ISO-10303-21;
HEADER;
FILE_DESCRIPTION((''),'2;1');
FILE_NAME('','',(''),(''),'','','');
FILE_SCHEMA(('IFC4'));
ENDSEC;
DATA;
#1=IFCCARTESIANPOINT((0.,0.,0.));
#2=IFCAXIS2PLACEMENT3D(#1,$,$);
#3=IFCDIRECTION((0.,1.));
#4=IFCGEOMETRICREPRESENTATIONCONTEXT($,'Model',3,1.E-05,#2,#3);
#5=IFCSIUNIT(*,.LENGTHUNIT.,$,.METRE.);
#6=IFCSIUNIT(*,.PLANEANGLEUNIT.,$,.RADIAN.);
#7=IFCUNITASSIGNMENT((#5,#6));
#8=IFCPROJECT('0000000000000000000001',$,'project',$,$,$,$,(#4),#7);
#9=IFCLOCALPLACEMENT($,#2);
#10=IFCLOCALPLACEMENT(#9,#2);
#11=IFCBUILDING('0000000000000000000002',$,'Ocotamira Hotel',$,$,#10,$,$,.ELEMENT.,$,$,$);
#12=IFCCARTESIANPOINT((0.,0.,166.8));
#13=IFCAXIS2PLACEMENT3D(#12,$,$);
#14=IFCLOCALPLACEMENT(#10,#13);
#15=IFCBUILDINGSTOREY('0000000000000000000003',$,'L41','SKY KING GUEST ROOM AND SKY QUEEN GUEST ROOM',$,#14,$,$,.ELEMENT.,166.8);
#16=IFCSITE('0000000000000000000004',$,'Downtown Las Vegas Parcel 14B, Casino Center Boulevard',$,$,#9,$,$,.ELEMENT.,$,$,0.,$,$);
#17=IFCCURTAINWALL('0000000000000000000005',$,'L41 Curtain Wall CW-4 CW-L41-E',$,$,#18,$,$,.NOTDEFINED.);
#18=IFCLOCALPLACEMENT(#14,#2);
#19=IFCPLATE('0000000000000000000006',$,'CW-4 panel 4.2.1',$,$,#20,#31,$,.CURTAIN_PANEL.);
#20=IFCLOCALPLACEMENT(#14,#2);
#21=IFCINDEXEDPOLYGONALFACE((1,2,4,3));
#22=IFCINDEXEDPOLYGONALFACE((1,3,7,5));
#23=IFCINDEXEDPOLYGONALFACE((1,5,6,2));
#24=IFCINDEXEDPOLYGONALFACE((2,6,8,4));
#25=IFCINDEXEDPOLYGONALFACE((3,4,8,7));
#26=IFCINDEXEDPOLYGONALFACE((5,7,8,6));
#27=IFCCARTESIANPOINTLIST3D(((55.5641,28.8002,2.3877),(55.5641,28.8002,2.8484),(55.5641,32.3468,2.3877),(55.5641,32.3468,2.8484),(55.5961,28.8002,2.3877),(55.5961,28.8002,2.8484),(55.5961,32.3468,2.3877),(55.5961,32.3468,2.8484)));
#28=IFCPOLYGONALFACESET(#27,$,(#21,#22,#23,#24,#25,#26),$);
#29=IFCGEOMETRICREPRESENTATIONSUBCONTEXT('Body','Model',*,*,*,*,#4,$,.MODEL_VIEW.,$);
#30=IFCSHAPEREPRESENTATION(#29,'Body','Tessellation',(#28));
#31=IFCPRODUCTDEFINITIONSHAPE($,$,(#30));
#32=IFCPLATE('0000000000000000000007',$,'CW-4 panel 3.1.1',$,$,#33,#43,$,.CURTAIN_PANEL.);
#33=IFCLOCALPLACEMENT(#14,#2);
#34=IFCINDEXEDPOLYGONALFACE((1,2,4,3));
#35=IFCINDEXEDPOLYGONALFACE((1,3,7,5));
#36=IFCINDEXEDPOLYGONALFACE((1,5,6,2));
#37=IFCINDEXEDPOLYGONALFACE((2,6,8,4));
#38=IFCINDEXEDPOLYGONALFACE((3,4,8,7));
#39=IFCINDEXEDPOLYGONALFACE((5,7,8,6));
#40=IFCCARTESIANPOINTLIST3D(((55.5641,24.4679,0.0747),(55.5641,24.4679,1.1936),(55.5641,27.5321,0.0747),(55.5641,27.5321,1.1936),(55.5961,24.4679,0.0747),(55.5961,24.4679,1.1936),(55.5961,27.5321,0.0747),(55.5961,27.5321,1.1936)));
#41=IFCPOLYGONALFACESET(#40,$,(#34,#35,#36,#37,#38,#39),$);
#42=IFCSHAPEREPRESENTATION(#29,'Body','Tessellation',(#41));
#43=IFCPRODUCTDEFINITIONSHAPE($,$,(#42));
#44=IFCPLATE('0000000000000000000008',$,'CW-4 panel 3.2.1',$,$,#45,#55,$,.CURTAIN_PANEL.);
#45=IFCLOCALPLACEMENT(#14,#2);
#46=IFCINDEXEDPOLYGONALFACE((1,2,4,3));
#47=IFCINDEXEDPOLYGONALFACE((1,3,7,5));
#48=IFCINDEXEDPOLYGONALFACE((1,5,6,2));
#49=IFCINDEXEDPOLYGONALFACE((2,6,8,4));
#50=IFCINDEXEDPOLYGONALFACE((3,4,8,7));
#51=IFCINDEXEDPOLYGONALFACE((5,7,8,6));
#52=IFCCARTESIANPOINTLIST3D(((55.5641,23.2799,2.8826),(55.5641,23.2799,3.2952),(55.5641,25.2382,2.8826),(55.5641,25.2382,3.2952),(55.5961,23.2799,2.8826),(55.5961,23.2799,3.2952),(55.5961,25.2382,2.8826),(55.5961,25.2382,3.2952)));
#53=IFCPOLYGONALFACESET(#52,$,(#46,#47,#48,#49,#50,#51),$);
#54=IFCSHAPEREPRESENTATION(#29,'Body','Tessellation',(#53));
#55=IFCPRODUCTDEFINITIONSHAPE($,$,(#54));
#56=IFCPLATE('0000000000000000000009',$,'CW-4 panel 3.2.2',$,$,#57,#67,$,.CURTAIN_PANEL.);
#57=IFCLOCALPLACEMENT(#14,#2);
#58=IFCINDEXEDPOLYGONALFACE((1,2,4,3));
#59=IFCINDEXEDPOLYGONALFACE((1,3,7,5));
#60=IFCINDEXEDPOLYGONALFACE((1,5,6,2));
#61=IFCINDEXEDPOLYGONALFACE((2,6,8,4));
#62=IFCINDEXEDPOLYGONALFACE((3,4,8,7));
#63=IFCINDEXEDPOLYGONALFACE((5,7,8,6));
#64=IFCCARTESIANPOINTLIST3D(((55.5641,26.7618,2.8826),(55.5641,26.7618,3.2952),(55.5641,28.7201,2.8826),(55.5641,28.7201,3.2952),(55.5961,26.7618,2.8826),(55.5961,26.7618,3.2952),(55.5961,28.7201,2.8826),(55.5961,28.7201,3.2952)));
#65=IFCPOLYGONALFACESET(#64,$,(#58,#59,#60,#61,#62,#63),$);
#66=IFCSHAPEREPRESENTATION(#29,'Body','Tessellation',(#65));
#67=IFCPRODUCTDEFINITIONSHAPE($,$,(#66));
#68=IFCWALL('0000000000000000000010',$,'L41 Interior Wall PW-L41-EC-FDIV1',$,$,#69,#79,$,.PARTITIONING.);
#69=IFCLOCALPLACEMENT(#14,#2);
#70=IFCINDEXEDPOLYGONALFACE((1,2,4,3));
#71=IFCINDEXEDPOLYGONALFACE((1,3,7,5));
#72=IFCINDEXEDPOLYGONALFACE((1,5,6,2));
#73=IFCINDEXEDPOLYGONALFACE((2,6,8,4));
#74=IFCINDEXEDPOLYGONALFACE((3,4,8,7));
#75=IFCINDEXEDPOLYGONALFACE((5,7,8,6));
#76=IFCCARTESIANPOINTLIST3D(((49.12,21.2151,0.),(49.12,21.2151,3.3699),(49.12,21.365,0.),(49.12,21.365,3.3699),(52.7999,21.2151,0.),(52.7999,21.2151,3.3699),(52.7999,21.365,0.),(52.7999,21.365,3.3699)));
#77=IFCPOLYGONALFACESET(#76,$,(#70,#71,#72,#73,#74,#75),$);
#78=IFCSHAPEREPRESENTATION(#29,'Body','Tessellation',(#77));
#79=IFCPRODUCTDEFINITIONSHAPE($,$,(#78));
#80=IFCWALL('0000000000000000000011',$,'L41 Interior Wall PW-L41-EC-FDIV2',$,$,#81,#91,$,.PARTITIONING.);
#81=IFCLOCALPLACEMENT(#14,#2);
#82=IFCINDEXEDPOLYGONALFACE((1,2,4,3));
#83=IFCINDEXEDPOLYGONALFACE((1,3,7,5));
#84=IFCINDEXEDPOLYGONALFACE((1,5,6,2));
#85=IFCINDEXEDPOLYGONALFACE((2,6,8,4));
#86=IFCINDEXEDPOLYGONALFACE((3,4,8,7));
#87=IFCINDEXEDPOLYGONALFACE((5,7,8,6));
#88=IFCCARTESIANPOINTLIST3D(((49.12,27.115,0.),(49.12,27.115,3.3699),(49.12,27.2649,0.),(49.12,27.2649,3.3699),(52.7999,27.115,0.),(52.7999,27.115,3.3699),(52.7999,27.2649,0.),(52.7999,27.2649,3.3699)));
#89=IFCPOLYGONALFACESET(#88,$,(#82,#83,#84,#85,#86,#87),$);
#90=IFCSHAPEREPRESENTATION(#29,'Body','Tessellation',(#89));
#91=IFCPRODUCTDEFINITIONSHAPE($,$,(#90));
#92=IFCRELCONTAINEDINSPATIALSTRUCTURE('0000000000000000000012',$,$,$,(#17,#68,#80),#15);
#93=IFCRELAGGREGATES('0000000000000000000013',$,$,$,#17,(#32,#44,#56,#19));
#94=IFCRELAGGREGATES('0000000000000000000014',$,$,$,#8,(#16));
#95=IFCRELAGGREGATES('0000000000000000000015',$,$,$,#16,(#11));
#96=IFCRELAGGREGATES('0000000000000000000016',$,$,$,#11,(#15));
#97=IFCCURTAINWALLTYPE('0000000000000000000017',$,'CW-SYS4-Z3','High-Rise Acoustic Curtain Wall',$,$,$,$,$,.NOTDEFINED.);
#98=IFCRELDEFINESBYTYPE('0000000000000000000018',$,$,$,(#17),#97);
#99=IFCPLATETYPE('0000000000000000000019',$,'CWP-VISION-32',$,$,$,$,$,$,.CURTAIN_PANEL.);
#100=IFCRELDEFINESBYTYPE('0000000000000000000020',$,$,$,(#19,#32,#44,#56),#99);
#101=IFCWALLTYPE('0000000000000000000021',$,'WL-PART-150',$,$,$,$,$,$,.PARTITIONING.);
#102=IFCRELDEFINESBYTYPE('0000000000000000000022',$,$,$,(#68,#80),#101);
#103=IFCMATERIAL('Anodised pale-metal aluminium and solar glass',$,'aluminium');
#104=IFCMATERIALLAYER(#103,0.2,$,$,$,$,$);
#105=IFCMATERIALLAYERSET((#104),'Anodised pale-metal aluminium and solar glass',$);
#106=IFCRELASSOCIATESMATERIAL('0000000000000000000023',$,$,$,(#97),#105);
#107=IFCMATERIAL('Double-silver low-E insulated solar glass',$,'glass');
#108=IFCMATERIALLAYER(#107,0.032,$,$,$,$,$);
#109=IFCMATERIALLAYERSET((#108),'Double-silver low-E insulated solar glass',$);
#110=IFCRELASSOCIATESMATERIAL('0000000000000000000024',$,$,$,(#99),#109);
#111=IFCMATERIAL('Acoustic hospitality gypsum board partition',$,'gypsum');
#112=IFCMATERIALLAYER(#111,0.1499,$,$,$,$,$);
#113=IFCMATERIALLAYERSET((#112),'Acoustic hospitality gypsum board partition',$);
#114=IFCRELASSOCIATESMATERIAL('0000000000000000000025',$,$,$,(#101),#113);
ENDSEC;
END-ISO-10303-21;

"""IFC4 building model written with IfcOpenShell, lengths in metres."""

from ifc_helpers import new_model, si_unit, direction, frame, frame_2d, origin, origin_2d, place, context, subcontext, project, spatial, rectangle, extrude, source, transform, mapped, material, layer, layer_set, type_object, element, aggregate, save


model = new_model("IFC4")

# Units and contexts
model_context = context("Model", 3, precision=1e-05, world=origin(), true_north=direction((0.0, 1.0)))
body_context = subcontext(model_context, "Body", "Model", "MODEL_VIEW")
ifc_project = project(units=[si_unit("LENGTHUNIT", "METRE"), si_unit("PLANEANGLEUNIT", "RADIAN")], contexts=[model_context])

# Site, building, storey
site_placement = place(None, origin())
site = spatial("IfcSite", under=ifc_project, at=site_placement, Name="Downtown Las Vegas Parcel 14B, Casino Center Boulevard", CompositionType="ELEMENT", RefElevation=0.0)
building_placement = place(site_placement, origin())
building = spatial("IfcBuilding", under=site, at=building_placement, Name="Ocotamira Hotel", CompositionType="ELEMENT")
storey_placement = place(building_placement, frame((0.0, 0.0, 166.8)))
storey = spatial("IfcBuildingStorey", under=building, at=storey_placement, Name="L41", Description="SKY KING GUEST ROOM AND SKY QUEEN GUEST ROOM", CompositionType="ELEMENT", Elevation=166.8)

# Curtain wall
ifc_material_1 = material(Name="Anodised pale-metal aluminium and solar glass", Category="aluminium")
ifc_layer_1 = layer(ifc_material_1, 0.2)
ifc_layer_set_1 = layer_set([ifc_layer_1], Name="Anodised pale-metal aluminium and solar glass")
curtain_wall_type = type_object("IfcCurtainWallType", Name="CW-SYS4-Z3", Description="High-Rise Acoustic Curtain Wall", PredefinedType="NOTDEFINED", material=ifc_layer_set_1)
curtain_wall_placement = place(storey_placement, origin())
curtain_wall = element("IfcCurtainWall", 1, at=curtain_wall_placement, inside=storey, type_object=curtain_wall_type, Name="L41 Curtain Wall CW-4 CW-L41-E", PredefinedType="NOTDEFINED")

# Plates
ifc_material_2 = material(Name="Double-silver low-E insulated solar glass", Category="glass")
ifc_layer_2 = layer(ifc_material_2, 0.032)
ifc_layer_set_2 = layer_set([ifc_layer_2], Name="Double-silver low-E insulated solar glass")
plate_type_1 = type_object("IfcPlateType", Name="CWP-VISION-32", PredefinedType="CURTAIN_PANEL", material=ifc_layer_set_2)
shared_shape_1 = source(origin(), body_context, "Body", "SweptSolid", [
    extrude(rectangle(XDim=3.5466, YDim=0.032, at=origin_2d()), origin(), (0.0, 0.0, 1.0), 0.4607),
])
plate_1_placement = place(storey_placement, frame((55.5801, 30.5735, 2.3877), z_axis=(0.0, 0.0, 1.0), x_axis=(0.0, 1.0, 0.0)))
plate_1 = element("IfcPlate", 2, at=plate_1_placement, type_object=plate_type_1, Name="CW-4 panel 4.2.1", PredefinedType="CURTAIN_PANEL", context=body_context, shape_type="MappedRepresentation", body=[
    mapped(shared_shape_1, transform((0.0, 0.0, 0.0), scale=1.0)),
])
shared_shape_2 = source(origin(), body_context, "Body", "SweptSolid", [
    extrude(rectangle(XDim=3.0642, YDim=0.032, at=origin_2d()), origin(), (0.0, 0.0, 1.0), 1.1189),
])
plate_2_placement = place(storey_placement, frame((55.5801, 26.0, 0.0747), z_axis=(0.0, 0.0, 1.0), x_axis=(0.0, 1.0, 0.0)))
plate_2 = element("IfcPlate", 3, at=plate_2_placement, type_object=plate_type_1, Name="CW-4 panel 3.1.1", PredefinedType="CURTAIN_PANEL", context=body_context, shape_type="MappedRepresentation", body=[
    mapped(shared_shape_2, transform((0.0, 0.0, 0.0), scale=1.0)),
])
shared_shape_3 = source(origin(), body_context, "Body", "SweptSolid", [
    extrude(rectangle(XDim=1.9583, YDim=0.032, at=origin_2d()), origin(), (0.0, 0.0, 1.0), 0.4126),
])
plate_3_placement = place(storey_placement, frame((55.5801, 24.259, 2.8826), z_axis=(0.0, 0.0, 1.0), x_axis=(0.0, 1.0, 0.0)))
plate_3 = element("IfcPlate", 4, at=plate_3_placement, type_object=plate_type_1, Name="CW-4 panel 3.2.1", PredefinedType="CURTAIN_PANEL", context=body_context, shape_type="MappedRepresentation", body=[
    mapped(shared_shape_3, transform((0.0, 0.0, 0.0), scale=1.0)),
])
plate_4_placement = place(storey_placement, frame((55.5801, 27.741, 2.8826), z_axis=(0.0, 0.0, 1.0), x_axis=(0.0, 1.0, 0.0)))
plate_4 = element("IfcPlate", 5, at=plate_4_placement, type_object=plate_type_1, Name="CW-4 panel 3.2.2", PredefinedType="CURTAIN_PANEL", context=body_context, shape_type="MappedRepresentation", body=[
    mapped(shared_shape_3, transform((0.0, 0.0, 0.0), scale=1.0)),
])
aggregate(curtain_wall, [plate_2, plate_3, plate_4, plate_1])

# Walls
ifc_material_3 = material(Name="Acoustic hospitality gypsum board partition", Category="gypsum")
ifc_layer_3 = layer(ifc_material_3, 0.1499)
ifc_layer_set_3 = layer_set([ifc_layer_3], Name="Acoustic hospitality gypsum board partition")
wall_type = type_object("IfcWallType", Name="WL-PART-150", PredefinedType="PARTITIONING", material=ifc_layer_set_3)
for number, where, z_axis, x_axis, name in (
    (6, (49.1201, 21.29, 0.0), (0.0, 0.0, 1.0), (1.0, 0.0, 0.0), "L41 Interior Wall PW-L41-EC-FDIV1"),
    (7, (49.1201, 27.1899, 0.0), (0.0, 0.0, 1.0), (1.0, 0.0, 0.0), "L41 Interior Wall PW-L41-EC-FDIV2"),
):
    element("IfcWall", number, at=place(storey_placement, frame(where, z_axis=z_axis, x_axis=x_axis)), inside=storey, type_object=wall_type, Name=name, PredefinedType="PARTITIONING", context=body_context, shape_type="SweptSolid", body=[
        extrude(rectangle(XDim=3.6799, YDim=0.1499, at=frame_2d((1.8398, 0.0))), origin(), (0.0, 0.0, 1.0), 3.3699),
    ])

save(model, "model.ifc")
